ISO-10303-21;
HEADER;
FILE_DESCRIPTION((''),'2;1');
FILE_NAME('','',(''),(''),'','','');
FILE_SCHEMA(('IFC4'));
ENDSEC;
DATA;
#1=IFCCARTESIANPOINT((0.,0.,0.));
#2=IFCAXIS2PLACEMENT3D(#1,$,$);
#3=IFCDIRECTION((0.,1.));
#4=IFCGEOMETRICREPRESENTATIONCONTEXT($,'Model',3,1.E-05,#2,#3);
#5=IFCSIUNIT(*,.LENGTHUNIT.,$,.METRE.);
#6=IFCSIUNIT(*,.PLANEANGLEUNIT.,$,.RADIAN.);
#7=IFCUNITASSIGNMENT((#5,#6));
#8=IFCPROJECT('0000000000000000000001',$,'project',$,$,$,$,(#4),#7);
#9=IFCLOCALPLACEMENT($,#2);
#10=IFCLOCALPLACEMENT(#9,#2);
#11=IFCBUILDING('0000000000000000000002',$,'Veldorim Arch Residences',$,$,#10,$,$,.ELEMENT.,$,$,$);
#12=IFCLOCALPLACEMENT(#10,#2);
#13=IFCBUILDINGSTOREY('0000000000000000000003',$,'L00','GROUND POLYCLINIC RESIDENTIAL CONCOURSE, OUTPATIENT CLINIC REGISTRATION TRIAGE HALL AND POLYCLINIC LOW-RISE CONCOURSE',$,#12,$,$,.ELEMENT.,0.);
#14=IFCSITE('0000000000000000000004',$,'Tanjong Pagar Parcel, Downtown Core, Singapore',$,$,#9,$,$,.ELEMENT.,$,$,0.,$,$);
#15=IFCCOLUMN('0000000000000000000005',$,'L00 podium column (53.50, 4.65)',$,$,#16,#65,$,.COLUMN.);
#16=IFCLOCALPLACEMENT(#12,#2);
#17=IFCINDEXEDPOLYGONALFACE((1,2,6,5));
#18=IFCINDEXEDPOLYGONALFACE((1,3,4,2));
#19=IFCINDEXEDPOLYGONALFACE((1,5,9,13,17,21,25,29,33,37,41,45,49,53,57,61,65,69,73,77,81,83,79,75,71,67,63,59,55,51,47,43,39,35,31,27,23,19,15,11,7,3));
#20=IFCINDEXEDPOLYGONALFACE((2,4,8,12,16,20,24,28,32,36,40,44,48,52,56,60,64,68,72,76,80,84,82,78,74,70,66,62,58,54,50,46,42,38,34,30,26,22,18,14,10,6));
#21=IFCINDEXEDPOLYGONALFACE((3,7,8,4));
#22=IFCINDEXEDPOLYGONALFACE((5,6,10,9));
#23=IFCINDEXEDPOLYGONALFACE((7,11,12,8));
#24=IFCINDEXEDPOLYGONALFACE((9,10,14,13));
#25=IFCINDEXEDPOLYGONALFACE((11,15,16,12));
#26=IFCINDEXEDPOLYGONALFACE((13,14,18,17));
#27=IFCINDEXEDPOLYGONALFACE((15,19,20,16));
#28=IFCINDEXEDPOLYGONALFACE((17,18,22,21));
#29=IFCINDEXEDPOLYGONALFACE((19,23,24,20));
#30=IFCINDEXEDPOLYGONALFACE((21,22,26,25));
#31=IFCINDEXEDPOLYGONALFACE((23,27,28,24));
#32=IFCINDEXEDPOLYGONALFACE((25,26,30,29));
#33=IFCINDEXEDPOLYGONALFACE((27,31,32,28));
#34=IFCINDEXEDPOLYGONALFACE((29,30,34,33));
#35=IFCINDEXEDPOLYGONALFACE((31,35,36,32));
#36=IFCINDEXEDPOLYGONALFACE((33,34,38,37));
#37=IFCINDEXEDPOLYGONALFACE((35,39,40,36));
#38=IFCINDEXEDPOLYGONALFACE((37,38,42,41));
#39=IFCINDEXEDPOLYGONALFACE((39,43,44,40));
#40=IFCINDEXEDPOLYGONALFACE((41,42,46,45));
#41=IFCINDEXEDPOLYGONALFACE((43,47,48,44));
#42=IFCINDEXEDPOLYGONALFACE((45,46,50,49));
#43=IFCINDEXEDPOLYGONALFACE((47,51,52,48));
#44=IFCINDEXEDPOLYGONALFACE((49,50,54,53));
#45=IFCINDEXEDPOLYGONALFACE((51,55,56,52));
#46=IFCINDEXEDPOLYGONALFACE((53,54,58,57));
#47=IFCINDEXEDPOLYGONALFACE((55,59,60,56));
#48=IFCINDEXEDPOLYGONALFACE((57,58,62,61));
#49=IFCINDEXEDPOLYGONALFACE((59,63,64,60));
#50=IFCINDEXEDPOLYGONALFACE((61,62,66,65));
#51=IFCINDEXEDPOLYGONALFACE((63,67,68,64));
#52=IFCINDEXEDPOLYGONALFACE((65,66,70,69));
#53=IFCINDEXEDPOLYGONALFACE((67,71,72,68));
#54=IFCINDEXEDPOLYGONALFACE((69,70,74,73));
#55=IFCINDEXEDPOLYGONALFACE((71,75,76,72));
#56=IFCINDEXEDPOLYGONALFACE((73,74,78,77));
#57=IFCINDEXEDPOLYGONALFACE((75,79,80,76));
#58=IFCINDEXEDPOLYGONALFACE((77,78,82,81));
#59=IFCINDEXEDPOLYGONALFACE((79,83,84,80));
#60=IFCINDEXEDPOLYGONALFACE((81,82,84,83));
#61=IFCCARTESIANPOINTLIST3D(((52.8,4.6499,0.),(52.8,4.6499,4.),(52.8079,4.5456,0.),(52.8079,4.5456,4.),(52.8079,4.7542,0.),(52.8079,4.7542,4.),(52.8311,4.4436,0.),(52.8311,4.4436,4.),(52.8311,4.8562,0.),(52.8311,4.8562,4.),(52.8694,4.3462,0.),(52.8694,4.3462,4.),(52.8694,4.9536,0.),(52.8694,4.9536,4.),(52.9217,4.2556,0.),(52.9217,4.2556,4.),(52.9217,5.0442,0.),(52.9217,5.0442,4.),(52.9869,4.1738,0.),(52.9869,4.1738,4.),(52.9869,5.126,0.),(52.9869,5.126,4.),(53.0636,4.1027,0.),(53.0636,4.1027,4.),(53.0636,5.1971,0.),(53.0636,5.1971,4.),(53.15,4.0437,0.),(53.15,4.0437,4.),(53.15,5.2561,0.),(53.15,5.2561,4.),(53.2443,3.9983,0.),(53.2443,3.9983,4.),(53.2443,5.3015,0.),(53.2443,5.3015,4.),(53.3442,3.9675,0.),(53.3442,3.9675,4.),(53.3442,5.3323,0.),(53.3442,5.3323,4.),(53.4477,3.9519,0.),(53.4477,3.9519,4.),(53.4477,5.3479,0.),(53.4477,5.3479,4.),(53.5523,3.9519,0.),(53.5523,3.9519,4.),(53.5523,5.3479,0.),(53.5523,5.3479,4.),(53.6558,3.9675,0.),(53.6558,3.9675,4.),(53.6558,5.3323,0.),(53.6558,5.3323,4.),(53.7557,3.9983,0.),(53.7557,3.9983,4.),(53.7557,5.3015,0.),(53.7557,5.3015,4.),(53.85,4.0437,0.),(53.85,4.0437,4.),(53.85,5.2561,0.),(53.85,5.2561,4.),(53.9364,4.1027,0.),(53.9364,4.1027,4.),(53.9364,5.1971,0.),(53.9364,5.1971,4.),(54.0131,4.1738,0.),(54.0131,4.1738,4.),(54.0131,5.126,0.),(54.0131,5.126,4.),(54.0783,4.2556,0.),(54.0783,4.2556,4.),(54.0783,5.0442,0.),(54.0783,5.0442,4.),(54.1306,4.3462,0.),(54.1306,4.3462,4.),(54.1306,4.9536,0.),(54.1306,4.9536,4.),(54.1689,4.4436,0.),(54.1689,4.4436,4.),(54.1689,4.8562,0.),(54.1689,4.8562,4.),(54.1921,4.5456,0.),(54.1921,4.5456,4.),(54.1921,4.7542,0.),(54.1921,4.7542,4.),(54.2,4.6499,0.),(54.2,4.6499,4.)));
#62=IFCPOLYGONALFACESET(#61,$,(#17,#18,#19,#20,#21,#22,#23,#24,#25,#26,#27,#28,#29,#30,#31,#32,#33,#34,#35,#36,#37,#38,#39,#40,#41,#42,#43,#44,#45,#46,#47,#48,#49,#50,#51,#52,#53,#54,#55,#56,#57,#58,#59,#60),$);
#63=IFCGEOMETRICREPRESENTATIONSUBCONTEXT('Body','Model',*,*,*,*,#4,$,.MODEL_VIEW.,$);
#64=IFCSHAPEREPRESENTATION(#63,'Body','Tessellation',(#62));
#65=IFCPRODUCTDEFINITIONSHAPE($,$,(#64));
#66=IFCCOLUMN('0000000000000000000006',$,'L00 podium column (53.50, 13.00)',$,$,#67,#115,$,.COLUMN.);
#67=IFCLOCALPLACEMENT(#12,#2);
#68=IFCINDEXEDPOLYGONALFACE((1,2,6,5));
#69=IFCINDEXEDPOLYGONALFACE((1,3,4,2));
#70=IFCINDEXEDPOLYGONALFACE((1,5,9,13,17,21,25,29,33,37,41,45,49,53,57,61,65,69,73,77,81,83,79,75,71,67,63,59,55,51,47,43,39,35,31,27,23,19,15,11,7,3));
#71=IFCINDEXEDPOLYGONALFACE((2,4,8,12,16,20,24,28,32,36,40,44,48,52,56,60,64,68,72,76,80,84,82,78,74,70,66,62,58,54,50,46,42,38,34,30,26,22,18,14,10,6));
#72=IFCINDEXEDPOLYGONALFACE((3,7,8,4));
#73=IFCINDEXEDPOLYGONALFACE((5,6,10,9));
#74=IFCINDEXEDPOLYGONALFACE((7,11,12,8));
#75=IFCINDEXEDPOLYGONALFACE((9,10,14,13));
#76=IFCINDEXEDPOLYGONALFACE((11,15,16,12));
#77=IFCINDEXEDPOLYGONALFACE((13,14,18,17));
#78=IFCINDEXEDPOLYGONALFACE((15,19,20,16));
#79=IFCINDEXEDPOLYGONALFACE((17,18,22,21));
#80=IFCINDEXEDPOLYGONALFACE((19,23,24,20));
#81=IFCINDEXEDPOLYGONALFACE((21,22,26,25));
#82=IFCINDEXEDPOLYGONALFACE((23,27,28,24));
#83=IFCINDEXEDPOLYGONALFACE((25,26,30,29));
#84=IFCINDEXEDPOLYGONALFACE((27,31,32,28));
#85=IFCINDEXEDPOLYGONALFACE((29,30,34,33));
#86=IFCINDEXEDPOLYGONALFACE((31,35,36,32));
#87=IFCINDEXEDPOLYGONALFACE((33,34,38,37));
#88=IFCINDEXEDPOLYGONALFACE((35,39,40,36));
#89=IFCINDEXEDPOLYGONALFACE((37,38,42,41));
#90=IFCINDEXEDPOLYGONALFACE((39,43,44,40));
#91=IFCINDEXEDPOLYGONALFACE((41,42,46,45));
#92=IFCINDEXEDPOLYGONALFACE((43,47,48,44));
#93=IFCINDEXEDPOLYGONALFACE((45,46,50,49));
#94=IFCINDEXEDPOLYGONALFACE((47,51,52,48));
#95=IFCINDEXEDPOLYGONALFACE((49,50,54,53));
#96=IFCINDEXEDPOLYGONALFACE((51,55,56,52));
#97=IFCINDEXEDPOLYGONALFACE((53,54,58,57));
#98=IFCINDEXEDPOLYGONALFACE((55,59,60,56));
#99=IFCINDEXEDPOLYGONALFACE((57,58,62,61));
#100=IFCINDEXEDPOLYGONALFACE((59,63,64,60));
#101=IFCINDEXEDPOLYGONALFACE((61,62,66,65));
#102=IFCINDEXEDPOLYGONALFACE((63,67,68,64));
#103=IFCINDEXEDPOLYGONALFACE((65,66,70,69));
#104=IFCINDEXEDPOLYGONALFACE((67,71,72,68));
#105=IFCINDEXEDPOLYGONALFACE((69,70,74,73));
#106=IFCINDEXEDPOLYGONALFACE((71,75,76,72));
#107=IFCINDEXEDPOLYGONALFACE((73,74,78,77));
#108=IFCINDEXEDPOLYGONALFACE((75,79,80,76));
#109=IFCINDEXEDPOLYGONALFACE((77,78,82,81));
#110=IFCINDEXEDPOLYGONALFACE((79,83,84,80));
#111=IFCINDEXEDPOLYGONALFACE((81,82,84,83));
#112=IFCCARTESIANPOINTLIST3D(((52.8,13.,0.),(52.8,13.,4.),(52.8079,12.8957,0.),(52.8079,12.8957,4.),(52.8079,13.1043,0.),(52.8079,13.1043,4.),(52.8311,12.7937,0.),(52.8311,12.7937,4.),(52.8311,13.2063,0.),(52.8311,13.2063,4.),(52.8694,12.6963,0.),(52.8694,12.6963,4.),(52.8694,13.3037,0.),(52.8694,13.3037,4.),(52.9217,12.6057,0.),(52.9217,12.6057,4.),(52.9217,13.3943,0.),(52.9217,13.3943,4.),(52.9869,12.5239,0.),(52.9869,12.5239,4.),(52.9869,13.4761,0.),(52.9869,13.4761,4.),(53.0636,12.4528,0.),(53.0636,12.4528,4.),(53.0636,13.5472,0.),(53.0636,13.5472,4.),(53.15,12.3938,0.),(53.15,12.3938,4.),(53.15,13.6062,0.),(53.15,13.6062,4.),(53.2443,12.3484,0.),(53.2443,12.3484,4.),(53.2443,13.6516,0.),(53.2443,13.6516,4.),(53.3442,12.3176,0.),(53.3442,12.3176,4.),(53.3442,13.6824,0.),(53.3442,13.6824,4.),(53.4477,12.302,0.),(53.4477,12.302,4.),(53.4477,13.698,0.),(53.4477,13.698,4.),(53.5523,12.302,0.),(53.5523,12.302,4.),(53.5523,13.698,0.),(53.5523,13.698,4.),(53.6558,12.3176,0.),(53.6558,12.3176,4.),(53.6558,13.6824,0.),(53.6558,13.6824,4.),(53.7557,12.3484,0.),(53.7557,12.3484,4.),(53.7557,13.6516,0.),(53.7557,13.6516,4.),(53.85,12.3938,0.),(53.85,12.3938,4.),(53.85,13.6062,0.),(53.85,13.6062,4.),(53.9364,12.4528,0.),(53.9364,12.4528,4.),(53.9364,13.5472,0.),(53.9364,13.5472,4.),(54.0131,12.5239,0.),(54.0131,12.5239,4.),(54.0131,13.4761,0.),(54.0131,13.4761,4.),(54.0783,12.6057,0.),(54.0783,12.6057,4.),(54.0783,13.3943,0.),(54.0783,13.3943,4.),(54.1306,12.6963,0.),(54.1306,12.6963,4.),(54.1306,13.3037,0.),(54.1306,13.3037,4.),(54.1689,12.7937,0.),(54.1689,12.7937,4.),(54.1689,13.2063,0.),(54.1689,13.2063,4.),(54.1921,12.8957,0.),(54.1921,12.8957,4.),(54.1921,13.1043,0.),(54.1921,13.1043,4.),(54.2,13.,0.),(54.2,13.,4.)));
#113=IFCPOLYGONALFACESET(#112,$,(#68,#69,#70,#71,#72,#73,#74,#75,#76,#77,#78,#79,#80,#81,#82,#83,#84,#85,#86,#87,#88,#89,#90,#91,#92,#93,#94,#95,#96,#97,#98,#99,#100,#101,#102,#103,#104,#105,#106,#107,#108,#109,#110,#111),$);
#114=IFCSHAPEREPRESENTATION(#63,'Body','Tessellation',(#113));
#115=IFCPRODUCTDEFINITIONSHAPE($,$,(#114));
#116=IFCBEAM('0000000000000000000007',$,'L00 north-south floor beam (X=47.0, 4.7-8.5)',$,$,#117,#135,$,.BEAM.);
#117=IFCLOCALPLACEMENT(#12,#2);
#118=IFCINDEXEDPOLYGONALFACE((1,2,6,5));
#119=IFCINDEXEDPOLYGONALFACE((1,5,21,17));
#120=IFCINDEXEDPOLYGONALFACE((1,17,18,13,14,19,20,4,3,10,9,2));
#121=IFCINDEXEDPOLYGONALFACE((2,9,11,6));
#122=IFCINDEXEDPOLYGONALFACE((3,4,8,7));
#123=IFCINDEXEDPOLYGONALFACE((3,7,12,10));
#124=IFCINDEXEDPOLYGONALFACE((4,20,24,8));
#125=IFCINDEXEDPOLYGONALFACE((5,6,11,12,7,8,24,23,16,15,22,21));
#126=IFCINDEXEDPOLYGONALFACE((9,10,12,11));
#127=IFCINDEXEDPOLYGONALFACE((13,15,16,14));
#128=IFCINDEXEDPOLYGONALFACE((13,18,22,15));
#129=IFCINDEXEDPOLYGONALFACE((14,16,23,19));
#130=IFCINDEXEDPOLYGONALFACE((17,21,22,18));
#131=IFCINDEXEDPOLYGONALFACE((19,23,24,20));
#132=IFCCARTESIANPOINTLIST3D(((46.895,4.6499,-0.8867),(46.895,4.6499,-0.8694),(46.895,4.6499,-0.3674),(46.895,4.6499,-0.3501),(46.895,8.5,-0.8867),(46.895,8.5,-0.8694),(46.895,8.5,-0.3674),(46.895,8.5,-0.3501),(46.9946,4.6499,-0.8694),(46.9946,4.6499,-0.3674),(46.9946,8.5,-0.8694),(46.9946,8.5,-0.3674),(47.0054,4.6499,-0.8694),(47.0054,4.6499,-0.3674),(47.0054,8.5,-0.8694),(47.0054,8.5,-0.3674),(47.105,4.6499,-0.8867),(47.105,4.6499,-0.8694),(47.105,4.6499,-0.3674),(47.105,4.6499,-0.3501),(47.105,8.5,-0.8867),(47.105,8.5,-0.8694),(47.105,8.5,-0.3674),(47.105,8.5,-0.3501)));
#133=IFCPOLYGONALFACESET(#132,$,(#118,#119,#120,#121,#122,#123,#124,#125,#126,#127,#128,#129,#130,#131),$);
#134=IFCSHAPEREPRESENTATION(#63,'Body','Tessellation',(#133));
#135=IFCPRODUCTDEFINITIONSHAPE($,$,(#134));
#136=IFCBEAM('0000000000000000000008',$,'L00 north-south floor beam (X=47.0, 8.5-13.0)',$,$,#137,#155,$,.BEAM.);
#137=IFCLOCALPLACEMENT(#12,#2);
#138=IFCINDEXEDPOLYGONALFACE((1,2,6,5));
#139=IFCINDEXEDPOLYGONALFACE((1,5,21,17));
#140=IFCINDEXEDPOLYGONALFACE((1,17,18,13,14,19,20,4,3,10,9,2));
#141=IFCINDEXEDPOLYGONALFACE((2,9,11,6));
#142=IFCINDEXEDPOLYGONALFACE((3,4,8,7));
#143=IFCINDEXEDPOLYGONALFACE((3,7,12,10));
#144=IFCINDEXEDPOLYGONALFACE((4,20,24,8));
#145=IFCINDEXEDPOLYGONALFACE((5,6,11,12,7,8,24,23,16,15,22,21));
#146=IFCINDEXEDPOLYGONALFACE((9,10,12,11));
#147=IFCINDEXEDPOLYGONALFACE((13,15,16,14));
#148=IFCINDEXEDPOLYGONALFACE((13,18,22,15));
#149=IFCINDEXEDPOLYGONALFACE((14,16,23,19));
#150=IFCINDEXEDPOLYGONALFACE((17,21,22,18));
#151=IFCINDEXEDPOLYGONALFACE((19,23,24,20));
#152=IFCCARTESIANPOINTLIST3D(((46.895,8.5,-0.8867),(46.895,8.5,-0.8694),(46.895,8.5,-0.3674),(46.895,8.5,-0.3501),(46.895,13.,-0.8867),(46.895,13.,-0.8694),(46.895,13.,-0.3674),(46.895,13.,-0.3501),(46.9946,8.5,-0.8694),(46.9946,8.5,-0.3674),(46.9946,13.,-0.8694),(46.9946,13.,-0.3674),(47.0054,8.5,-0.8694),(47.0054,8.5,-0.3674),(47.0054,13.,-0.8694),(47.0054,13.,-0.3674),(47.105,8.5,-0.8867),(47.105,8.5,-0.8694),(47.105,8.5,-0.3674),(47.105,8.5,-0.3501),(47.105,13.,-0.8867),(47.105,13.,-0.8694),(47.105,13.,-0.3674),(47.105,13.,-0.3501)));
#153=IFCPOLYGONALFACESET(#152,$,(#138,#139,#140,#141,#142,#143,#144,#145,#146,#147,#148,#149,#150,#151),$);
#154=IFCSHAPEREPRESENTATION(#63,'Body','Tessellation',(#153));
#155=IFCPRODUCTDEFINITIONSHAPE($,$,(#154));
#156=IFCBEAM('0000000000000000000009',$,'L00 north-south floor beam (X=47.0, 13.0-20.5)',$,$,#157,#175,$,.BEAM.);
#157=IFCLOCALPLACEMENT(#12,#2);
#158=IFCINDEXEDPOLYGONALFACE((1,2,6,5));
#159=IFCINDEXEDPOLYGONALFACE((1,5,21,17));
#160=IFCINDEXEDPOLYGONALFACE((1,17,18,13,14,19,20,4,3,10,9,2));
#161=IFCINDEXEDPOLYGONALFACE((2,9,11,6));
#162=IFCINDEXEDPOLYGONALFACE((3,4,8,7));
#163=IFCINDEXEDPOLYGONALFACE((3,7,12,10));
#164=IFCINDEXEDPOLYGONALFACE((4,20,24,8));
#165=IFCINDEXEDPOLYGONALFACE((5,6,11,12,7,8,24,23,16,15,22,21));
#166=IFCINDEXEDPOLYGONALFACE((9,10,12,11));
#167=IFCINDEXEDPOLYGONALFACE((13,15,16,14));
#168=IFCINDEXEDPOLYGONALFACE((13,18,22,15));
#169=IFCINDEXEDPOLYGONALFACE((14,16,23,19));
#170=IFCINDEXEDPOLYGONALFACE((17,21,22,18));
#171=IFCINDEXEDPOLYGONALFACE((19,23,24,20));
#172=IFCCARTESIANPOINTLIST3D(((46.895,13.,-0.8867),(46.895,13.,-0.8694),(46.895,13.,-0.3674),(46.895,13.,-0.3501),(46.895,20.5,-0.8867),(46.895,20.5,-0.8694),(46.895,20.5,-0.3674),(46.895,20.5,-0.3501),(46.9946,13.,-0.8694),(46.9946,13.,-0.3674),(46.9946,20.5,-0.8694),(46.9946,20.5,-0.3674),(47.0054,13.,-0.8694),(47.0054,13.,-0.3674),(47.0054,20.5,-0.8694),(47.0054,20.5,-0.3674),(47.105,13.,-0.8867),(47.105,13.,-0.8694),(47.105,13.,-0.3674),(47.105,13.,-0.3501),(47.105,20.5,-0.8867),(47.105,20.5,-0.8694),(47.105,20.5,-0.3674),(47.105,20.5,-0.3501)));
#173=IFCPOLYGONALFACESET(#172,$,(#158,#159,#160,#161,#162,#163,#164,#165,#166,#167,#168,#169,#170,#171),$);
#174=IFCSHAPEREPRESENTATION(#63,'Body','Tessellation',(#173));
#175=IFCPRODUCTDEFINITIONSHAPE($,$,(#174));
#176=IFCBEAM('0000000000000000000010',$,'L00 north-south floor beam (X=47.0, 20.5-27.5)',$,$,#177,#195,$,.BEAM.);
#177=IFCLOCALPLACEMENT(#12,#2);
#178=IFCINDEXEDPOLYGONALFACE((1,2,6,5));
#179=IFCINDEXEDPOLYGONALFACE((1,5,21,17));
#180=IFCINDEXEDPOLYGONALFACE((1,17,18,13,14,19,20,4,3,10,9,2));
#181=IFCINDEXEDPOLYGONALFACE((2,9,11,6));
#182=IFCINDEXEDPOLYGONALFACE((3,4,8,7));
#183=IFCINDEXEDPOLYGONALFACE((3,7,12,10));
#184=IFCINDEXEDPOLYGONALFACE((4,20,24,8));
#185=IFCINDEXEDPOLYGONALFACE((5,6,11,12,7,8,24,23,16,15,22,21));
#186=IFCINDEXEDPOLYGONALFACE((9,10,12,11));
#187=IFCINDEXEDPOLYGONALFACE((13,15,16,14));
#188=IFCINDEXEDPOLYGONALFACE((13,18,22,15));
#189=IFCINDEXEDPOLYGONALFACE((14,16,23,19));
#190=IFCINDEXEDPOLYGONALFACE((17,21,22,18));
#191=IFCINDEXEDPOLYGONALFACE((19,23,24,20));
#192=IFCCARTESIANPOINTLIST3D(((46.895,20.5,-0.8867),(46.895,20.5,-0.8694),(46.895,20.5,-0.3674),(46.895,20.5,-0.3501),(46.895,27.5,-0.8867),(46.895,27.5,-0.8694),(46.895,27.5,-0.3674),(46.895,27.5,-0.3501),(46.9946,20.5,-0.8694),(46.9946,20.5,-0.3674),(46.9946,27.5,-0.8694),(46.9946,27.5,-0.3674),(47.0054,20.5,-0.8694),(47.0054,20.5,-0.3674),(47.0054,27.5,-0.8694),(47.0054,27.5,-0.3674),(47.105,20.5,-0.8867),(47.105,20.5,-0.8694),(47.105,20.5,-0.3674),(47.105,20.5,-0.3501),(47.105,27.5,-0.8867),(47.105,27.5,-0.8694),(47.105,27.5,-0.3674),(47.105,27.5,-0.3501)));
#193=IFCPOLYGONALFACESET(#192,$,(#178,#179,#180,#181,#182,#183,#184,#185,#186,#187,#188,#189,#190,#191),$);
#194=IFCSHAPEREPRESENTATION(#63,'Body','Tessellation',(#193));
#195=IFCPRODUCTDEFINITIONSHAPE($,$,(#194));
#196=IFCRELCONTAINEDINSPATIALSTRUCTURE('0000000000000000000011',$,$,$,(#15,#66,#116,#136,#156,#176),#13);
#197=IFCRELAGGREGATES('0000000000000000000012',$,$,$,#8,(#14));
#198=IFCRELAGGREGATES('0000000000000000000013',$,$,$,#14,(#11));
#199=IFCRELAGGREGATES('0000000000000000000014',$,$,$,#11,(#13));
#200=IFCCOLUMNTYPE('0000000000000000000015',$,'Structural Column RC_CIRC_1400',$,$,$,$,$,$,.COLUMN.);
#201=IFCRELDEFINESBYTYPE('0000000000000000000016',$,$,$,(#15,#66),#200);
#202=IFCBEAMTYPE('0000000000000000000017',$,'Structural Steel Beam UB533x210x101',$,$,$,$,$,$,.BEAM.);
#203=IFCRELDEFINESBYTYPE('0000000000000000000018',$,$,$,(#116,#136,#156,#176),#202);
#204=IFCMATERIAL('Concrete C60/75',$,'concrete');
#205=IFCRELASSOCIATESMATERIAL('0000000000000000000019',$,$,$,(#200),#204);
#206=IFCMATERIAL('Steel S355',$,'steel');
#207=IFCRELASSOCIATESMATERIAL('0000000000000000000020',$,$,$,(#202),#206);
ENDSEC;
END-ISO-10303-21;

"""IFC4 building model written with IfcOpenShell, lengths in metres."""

from ifc_helpers import new_model, si_unit, direction, frame, origin, origin_2d, place, context, subcontext, project, spatial, circle, i_section, extrude, material, material_profile, profile_set, type_object, element, save


model = new_model("IFC4")

# Units and contexts
model_context = context("Model", 3, precision=1e-05, world=origin(), true_north=direction((0.0, 1.0)))
body_context = subcontext(model_context, "Body", "Model", "MODEL_VIEW")
ifc_project = project(units=[si_unit("LENGTHUNIT", "METRE"), si_unit("PLANEANGLEUNIT", "RADIAN")], contexts=[model_context])

# Site, building, storey
site_placement = place(None, origin())
site = spatial("IfcSite", under=ifc_project, at=site_placement, Name="Tanjong Pagar Parcel, Downtown Core, Singapore", CompositionType="ELEMENT", RefElevation=0.0)
building_placement = place(site_placement, origin())
building = spatial("IfcBuilding", under=site, at=building_placement, Name="Veldorim Arch Residences", CompositionType="ELEMENT")
storey_placement = place(building_placement, origin())
storey = spatial("IfcBuildingStorey", under=building, at=storey_placement, Name="L00", Description="GROUND POLYCLINIC RESIDENTIAL CONCOURSE, OUTPATIENT CLINIC REGISTRATION TRIAGE HALL AND POLYCLINIC LOW-RISE CONCOURSE", CompositionType="ELEMENT", Elevation=0.0)

# Columns
ifc_material_1 = material(Name="Concrete C60/75", Category="concrete")
ifc_material_profile_1 = material_profile(ifc_material_1, circle(Radius=0.7, at=origin_2d()), Name="RC_CIRC_1400")
ifc_profile_set_1 = profile_set([ifc_material_profile_1], Name="Concrete C60/75")
column_type = type_object("IfcColumnType", Name="Structural Column RC_CIRC_1400", PredefinedType="COLUMN", material=ifc_profile_set_1)
for number, where, z_axis, x_axis, name in (
    (1, (53.5, 4.6499, 0.0), (0.0, 0.0, 1.0), (1.0, 0.0, 0.0), "L00 podium column (53.50, 4.65)"),
    (2, (53.5, 13.0, 0.0), (0.0, 0.0, 1.0), (1.0, 0.0, 0.0), "L00 podium column (53.50, 13.00)"),
):
    element("IfcColumn", number, at=place(storey_placement, frame(where, z_axis=z_axis, x_axis=x_axis)), inside=storey, type_object=column_type, Name=name, PredefinedType="COLUMN", context=body_context, shape_type="SweptSolid", body=[
        extrude(circle(Radius=0.7, at=origin_2d()), origin(), (0.0, 0.0, 1.0), 4.0),
    ])

# Beams
ifc_material_2 = material(Name="Steel S355", Category="steel")
ifc_material_profile_2 = material_profile(ifc_material_2, i_section(OverallWidth=0.21, OverallDepth=0.5366, WebThickness=0.0107, FlangeThickness=0.0173, at=origin_2d()), Name="UB533x210x101")
ifc_profile_set_2 = profile_set([ifc_material_profile_2], Name="Steel S355")
beam_type_1 = type_object("IfcBeamType", Name="Structural Steel Beam UB533x210x101", PredefinedType="BEAM", material=ifc_profile_set_2)
beam_1_placement = place(storey_placement, frame((47.0, 4.6499, -0.6184), z_axis=(0.0, 1.0, 0.0), x_axis=(-1.0, 0.0, 0.0)))
element("IfcBeam", 3, at=beam_1_placement, inside=storey, type_object=beam_type_1, Name="L00 north-south floor beam (X=47.0, 4.7-8.5)", PredefinedType="BEAM", context=body_context, shape_type="SweptSolid", body=[
    extrude(i_section(OverallWidth=0.21, OverallDepth=0.5366, WebThickness=0.0107, FlangeThickness=0.0173, at=origin_2d()), origin(), (0.0, 0.0, 1.0), 3.8501),
])
beam_2_placement = place(storey_placement, frame((47.0, 8.5, -0.6184), z_axis=(0.0, 1.0, 0.0), x_axis=(-1.0, 0.0, 0.0)))
element("IfcBeam", 4, at=beam_2_placement, inside=storey, type_object=beam_type_1, Name="L00 north-south floor beam (X=47.0, 8.5-13.0)", PredefinedType="BEAM", context=body_context, shape_type="SweptSolid", body=[
    extrude(i_section(OverallWidth=0.21, OverallDepth=0.5366, WebThickness=0.0107, FlangeThickness=0.0173, at=origin_2d()), origin(), (0.0, 0.0, 1.0), 4.5),
])
beam_3_placement = place(storey_placement, frame((47.0, 13.0, -0.6184), z_axis=(0.0, 1.0, 0.0), x_axis=(-1.0, 0.0, 0.0)))
element("IfcBeam", 5, at=beam_3_placement, inside=storey, type_object=beam_type_1, Name="L00 north-south floor beam (X=47.0, 13.0-20.5)", PredefinedType="BEAM", context=body_context, shape_type="SweptSolid", body=[
    extrude(i_section(OverallWidth=0.21, OverallDepth=0.5366, WebThickness=0.0107, FlangeThickness=0.0173, at=origin_2d()), origin(), (0.0, 0.0, 1.0), 7.5),
])
beam_4_placement = place(storey_placement, frame((47.0, 20.5, -0.6184), z_axis=(0.0, 1.0, 0.0), x_axis=(-1.0, 0.0, 0.0)))
element("IfcBeam", 6, at=beam_4_placement, inside=storey, type_object=beam_type_1, Name="L00 north-south floor beam (X=47.0, 20.5-27.5)", PredefinedType="BEAM", context=body_context, shape_type="SweptSolid", body=[
    extrude(i_section(OverallWidth=0.21, OverallDepth=0.5366, WebThickness=0.0107, FlangeThickness=0.0173, at=origin_2d()), origin(), (0.0, 0.0, 1.0), 7.0),
])

save(model, "model.ifc")
